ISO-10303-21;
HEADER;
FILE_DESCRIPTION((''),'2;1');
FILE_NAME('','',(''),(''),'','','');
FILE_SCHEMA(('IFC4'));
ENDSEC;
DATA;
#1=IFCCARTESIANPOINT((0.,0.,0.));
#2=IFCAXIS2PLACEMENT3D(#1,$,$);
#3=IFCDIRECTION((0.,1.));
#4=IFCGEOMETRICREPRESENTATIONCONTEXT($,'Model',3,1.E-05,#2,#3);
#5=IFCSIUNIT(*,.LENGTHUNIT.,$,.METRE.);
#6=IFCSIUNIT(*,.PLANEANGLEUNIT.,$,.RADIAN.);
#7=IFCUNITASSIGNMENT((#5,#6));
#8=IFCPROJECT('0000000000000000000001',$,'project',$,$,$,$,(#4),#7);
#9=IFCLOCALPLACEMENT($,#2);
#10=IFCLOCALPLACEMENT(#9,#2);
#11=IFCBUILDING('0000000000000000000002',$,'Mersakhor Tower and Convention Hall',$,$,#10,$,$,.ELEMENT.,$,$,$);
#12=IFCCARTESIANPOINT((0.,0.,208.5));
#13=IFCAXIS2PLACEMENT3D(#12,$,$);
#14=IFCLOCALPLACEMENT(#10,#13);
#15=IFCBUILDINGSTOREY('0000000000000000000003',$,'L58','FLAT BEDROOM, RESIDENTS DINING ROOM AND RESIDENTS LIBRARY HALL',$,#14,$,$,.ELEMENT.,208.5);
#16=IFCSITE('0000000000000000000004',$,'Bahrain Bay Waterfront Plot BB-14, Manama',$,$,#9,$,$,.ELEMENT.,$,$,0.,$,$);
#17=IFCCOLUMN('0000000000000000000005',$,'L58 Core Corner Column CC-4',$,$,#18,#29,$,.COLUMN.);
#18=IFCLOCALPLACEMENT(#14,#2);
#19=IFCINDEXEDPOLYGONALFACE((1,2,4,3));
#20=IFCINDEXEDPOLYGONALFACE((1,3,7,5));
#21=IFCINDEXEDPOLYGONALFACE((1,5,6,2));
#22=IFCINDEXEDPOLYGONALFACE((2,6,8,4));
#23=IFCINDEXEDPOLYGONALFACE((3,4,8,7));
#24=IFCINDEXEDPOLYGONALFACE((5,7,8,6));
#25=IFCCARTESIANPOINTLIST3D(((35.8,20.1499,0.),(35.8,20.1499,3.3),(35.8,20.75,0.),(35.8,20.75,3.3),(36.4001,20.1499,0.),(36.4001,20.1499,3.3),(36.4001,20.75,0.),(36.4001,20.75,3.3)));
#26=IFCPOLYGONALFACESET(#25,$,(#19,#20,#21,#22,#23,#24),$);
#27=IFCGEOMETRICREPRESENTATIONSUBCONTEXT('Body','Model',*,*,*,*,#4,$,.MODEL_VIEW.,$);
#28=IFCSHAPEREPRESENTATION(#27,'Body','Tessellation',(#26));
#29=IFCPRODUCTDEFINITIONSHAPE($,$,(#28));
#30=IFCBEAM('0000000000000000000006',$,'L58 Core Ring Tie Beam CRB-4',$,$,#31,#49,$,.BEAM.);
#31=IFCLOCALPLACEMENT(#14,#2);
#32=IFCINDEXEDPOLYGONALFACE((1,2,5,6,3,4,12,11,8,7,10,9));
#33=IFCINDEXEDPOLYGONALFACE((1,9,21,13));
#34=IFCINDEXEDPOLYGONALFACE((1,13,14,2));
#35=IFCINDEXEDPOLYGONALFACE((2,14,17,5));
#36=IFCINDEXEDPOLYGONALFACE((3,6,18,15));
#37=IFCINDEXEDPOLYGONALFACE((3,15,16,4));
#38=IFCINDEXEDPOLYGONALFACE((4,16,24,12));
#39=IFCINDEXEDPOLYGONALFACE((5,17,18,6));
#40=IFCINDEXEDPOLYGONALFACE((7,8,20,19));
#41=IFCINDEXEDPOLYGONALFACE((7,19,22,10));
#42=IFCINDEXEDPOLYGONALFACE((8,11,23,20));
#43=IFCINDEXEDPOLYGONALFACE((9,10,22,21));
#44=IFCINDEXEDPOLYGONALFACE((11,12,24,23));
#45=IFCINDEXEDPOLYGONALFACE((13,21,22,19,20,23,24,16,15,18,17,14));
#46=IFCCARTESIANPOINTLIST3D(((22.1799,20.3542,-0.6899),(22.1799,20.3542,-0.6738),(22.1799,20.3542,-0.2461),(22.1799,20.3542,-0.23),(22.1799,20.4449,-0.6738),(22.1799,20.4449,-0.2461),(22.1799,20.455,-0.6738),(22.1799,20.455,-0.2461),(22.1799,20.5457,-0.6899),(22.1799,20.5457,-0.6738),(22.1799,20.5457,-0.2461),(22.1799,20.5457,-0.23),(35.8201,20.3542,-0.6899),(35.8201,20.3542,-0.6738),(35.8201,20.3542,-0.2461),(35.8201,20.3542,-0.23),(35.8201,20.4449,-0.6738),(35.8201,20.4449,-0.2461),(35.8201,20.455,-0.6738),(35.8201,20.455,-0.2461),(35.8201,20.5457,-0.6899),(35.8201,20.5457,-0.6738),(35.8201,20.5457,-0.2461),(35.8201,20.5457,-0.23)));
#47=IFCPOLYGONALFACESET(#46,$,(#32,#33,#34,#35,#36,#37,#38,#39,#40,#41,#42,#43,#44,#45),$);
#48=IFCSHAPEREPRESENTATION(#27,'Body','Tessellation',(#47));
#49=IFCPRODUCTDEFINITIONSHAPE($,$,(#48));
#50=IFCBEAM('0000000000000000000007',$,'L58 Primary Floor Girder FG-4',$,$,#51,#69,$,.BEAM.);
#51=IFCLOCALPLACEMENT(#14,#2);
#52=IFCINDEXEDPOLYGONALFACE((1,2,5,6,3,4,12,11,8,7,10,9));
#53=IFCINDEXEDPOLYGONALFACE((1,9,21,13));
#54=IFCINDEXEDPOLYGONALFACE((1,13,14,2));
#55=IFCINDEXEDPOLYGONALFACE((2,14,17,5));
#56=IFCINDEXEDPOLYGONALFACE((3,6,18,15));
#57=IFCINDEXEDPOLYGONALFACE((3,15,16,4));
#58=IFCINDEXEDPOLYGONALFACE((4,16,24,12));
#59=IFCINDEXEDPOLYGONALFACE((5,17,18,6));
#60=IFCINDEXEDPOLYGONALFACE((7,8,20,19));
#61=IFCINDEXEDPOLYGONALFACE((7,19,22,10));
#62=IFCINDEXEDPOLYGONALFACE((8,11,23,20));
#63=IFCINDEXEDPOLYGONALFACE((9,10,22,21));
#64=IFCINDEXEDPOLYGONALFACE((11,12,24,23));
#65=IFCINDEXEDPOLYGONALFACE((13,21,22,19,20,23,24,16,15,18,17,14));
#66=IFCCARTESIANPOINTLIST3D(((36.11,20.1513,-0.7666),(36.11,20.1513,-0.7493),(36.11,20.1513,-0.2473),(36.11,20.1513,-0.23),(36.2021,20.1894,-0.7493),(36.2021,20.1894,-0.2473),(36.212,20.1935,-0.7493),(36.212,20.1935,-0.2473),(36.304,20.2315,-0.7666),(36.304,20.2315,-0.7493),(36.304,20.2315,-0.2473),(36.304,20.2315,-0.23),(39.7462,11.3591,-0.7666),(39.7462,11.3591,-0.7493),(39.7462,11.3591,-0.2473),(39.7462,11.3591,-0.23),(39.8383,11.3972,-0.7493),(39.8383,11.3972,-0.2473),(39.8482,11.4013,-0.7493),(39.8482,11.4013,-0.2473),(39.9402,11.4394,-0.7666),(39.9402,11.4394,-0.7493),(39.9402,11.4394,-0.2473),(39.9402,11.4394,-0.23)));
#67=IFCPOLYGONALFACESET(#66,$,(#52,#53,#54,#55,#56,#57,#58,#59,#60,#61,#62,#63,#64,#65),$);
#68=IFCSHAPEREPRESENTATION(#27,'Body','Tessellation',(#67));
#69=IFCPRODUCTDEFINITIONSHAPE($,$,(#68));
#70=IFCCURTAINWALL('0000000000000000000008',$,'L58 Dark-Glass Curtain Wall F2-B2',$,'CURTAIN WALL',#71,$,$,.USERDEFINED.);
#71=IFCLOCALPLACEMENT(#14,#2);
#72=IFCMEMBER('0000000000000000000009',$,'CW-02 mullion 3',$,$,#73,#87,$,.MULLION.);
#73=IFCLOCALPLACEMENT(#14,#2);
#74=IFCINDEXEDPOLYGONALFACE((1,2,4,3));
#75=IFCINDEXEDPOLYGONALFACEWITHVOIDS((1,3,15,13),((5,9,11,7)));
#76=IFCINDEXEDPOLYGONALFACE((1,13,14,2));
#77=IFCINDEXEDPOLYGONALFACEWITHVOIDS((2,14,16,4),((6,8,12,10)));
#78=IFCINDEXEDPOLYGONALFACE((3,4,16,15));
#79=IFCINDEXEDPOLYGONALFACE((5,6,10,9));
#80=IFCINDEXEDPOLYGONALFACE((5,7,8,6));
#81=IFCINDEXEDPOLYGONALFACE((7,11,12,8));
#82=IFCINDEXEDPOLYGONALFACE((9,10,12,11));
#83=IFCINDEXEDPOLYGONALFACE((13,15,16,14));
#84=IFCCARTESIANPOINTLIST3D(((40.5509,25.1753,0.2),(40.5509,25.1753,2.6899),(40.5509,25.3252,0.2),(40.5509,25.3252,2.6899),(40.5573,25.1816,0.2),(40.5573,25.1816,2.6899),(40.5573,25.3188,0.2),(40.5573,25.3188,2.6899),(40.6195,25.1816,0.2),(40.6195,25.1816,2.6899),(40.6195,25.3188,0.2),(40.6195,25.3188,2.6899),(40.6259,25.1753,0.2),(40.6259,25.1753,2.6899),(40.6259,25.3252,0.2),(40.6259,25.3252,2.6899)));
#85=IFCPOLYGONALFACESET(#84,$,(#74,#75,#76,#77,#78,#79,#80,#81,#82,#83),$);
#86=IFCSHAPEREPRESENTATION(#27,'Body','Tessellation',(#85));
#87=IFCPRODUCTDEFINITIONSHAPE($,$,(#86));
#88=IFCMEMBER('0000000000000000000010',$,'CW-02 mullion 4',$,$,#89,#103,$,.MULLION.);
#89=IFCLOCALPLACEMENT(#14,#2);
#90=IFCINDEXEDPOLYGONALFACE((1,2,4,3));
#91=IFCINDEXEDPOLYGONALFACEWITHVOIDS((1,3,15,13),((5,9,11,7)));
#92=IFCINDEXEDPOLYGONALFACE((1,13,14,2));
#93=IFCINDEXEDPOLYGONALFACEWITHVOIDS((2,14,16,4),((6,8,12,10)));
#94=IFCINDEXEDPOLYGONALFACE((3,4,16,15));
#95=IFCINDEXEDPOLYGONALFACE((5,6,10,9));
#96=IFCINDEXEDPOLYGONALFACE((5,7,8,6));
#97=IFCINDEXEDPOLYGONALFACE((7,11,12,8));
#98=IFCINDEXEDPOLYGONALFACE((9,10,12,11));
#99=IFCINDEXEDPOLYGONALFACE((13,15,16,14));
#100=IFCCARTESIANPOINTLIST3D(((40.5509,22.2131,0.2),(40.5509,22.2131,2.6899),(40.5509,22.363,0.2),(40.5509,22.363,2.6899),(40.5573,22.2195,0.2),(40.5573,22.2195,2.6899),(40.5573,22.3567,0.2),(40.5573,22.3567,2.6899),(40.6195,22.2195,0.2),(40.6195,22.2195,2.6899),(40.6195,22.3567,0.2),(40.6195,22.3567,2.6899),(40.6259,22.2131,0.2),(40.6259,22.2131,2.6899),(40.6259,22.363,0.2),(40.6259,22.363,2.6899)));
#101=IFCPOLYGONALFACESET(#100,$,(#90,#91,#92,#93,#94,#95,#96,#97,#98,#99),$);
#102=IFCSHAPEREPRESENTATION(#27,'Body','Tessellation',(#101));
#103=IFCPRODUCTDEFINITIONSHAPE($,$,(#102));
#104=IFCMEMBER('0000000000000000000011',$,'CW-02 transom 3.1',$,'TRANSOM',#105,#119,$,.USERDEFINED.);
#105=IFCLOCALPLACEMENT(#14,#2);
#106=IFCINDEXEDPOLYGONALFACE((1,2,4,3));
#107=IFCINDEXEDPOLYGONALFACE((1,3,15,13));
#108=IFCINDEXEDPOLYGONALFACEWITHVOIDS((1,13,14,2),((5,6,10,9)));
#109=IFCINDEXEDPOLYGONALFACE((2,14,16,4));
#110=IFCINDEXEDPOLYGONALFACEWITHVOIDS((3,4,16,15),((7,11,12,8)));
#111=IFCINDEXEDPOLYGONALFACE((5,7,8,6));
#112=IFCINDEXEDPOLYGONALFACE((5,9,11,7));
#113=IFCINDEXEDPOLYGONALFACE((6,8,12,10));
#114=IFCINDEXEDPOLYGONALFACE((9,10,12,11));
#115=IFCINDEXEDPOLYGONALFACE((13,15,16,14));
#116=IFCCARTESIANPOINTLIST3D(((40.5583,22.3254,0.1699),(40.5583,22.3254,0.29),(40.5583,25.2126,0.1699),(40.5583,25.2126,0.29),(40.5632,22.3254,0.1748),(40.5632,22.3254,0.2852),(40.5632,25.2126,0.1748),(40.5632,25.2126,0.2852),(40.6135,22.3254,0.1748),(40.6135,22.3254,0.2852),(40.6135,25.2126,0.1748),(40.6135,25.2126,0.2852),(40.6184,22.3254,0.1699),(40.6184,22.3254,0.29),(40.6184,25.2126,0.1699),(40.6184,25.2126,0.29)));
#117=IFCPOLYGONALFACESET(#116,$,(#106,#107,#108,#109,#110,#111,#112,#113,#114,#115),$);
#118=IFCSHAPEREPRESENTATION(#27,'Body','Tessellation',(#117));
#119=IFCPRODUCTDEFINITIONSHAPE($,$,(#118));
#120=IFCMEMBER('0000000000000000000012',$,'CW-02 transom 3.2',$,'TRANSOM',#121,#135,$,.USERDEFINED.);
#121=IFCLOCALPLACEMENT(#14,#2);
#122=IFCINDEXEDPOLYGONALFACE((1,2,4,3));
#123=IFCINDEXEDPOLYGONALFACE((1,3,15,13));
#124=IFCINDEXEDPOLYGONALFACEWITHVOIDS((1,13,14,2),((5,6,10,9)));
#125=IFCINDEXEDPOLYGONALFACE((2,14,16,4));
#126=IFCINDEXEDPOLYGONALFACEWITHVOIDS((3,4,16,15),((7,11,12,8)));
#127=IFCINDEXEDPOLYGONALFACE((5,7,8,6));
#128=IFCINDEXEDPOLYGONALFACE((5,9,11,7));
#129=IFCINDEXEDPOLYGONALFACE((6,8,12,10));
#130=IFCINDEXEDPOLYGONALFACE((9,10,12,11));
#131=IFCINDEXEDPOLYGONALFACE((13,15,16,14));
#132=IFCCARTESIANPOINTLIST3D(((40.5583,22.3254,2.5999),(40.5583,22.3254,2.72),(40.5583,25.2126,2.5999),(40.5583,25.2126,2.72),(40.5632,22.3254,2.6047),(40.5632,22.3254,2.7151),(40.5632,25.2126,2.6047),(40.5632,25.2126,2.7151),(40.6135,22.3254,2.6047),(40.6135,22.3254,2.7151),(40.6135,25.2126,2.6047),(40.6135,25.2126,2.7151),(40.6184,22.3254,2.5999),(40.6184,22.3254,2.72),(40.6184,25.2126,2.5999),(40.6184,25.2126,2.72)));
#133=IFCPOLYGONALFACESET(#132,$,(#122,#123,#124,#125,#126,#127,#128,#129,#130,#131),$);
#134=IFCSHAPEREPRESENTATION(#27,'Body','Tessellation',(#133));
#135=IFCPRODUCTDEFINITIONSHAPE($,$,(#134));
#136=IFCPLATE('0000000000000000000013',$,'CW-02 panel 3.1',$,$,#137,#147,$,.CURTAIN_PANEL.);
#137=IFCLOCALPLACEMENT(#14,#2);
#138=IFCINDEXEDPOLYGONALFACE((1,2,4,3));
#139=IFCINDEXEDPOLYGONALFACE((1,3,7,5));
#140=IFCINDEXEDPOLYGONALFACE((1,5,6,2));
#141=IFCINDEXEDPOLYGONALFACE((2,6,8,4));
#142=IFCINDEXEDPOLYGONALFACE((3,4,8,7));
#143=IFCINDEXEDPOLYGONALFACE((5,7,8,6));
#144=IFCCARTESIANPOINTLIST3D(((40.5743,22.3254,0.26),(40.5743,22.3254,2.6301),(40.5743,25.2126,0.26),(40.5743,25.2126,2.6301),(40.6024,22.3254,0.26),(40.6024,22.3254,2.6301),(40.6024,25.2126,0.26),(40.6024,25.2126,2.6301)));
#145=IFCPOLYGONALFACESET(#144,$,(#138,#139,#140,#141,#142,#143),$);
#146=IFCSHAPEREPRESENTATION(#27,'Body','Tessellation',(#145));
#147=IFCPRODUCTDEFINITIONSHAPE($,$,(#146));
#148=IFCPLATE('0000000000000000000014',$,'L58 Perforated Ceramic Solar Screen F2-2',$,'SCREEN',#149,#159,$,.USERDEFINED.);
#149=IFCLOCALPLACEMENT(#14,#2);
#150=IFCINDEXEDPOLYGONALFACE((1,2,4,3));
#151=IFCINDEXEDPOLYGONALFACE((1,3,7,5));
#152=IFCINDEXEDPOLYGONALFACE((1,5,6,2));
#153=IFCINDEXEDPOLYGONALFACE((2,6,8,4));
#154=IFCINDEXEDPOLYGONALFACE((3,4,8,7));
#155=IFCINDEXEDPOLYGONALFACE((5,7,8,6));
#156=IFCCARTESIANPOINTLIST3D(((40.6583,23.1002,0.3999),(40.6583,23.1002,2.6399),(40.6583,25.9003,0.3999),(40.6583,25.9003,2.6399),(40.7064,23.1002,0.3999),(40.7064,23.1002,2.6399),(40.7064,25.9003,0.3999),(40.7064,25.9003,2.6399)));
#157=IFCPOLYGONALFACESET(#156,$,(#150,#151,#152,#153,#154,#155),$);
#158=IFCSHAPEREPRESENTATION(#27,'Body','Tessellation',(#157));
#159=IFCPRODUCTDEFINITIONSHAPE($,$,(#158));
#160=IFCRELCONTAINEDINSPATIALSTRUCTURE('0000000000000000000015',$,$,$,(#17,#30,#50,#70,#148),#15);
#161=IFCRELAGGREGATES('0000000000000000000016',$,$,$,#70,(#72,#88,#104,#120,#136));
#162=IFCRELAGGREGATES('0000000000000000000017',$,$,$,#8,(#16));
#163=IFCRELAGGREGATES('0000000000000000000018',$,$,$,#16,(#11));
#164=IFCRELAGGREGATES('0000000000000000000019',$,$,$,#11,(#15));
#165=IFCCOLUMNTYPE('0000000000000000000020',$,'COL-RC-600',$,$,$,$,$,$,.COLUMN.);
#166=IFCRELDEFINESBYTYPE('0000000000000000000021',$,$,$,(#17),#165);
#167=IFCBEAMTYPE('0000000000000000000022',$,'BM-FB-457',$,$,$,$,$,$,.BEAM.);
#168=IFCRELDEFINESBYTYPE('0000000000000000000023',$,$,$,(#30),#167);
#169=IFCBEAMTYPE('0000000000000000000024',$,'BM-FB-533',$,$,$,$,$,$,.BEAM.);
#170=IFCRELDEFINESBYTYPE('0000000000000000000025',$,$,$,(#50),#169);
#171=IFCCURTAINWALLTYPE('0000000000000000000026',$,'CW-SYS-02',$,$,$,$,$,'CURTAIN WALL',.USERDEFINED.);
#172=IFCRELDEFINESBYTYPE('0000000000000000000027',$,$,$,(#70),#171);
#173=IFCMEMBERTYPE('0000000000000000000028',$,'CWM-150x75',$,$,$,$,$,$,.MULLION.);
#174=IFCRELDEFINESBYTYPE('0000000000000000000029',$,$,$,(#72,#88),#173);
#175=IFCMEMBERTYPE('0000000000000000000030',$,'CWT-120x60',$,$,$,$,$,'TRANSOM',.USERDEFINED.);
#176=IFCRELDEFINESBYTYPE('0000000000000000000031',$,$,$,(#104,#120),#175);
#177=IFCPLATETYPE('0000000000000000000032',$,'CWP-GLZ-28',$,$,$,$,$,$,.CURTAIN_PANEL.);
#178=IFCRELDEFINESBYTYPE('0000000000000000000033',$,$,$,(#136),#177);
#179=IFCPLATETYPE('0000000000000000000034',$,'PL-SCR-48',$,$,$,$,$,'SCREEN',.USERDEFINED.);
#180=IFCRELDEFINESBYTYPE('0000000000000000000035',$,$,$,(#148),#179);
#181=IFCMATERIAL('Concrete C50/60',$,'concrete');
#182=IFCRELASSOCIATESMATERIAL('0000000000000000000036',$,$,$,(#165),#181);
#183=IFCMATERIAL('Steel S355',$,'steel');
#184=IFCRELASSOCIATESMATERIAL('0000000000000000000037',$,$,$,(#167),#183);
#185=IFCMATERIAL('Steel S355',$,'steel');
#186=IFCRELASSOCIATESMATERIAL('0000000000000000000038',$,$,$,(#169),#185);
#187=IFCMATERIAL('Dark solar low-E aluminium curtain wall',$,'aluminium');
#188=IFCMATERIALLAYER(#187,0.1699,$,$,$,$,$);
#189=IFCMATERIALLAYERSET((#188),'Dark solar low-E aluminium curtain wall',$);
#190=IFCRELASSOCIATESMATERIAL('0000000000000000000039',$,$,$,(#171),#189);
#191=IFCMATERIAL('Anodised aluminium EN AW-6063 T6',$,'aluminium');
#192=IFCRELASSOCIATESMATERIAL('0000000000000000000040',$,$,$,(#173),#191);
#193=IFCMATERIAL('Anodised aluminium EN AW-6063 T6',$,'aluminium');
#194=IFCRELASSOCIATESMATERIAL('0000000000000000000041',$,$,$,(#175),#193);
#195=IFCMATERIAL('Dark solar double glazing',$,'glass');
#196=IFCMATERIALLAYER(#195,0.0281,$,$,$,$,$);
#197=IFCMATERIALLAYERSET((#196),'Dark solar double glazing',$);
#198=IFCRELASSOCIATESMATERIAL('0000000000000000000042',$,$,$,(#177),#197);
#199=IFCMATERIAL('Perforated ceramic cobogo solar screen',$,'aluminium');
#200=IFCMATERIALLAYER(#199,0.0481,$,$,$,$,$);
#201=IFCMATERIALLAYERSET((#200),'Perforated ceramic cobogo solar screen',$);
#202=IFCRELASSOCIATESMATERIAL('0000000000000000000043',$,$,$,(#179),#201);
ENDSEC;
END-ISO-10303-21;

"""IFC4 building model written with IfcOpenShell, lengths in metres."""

from ifc_helpers import new_model, si_unit, direction, frame, origin, origin_2d, place, context, subcontext, project, spatial, rectangle, hollow_rectangle, i_section, extrude, material, layer, layer_set, material_profile, profile_set, type_object, element, aggregate, save


model = new_model("IFC4")

# Units and contexts
model_context = context("Model", 3, precision=1e-05, world=origin(), true_north=direction((0.0, 1.0)))
body_context = subcontext(model_context, "Body", "Model", "MODEL_VIEW")
ifc_project = project(units=[si_unit("LENGTHUNIT", "METRE"), si_unit("PLANEANGLEUNIT", "RADIAN")], contexts=[model_context])

# Site, building, storey
site_placement = place(None, origin())
site = spatial("IfcSite", under=ifc_project, at=site_placement, Name="Bahrain Bay Waterfront Plot BB-14, Manama", CompositionType="ELEMENT", RefElevation=0.0)
building_placement = place(site_placement, origin())
building = spatial("IfcBuilding", under=site, at=building_placement, Name="Mersakhor Tower and Convention Hall", CompositionType="ELEMENT")
storey_placement = place(building_placement, frame((0.0, 0.0, 208.5)))
storey = spatial("IfcBuildingStorey", under=building, at=storey_placement, Name="L58", Description="FLAT BEDROOM, RESIDENTS DINING ROOM AND RESIDENTS LIBRARY HALL", CompositionType="ELEMENT", Elevation=208.5)

# Column
ifc_material_1 = material(Name="Concrete C50/60", Category="concrete")
ifc_material_profile_1 = material_profile(ifc_material_1, rectangle(XDim=0.6001, YDim=0.6001, at=origin_2d()), Name="RC 600x600")
ifc_profile_set_1 = profile_set([ifc_material_profile_1], Name="Concrete C50/60")
column_type = type_object("IfcColumnType", Name="COL-RC-600", PredefinedType="COLUMN", material=ifc_profile_set_1)
column_placement = place(storey_placement, frame((36.1001, 20.45, 0.0), z_axis=(0.0, 0.0, 1.0), x_axis=(1.0, 0.0, 0.0)))
element("IfcColumn", 1, at=column_placement, inside=storey, type_object=column_type, Name="L58 Core Corner Column CC-4", PredefinedType="COLUMN", context=body_context, shape_type="SweptSolid", body=[
    extrude(rectangle(XDim=0.6001, YDim=0.6001, at=origin_2d()), origin(), (0.0, 0.0, 1.0), 3.3),
])

# Beams
ifc_material_2 = material(Name="Steel S355", Category="steel")
ifc_material_profile_2 = material_profile(ifc_material_2, i_section(OverallWidth=0.1914, OverallDepth=0.46, WebThickness=0.01, FlangeThickness=0.0161, at=origin_2d()), Name="UB 457x191x82")
ifc_profile_set_2 = profile_set([ifc_material_profile_2], Name="Steel S355")
beam_type_1 = type_object("IfcBeamType", Name="BM-FB-457", PredefinedType="BEAM", material=ifc_profile_set_2)
beam_1_placement = place(storey_placement, frame((35.8201, 20.45, -0.46), z_axis=(-1.0, 0.0, 0.0), x_axis=(0.0, -1.0, 0.0)))
element("IfcBeam", 2, at=beam_1_placement, inside=storey, type_object=beam_type_1, Name="L58 Core Ring Tie Beam CRB-4", PredefinedType="BEAM", context=body_context, shape_type="SweptSolid", body=[
    extrude(i_section(OverallWidth=0.1914, OverallDepth=0.46, WebThickness=0.01, FlangeThickness=0.0161, at=origin_2d()), origin(), (0.0, 0.0, 1.0), 13.6401),
])
ifc_material_3 = material(Name="Steel S355", Category="steel")
ifc_material_profile_3 = material_profile(ifc_material_3, i_section(OverallWidth=0.21, OverallDepth=0.5366, WebThickness=0.0107, FlangeThickness=0.0173, at=origin_2d()), Name="UB 533x210x101")
ifc_profile_set_3 = profile_set([ifc_material_profile_3], Name="Steel S355")
beam_type_2 = type_object("IfcBeamType", Name="BM-FB-533", PredefinedType="BEAM", material=ifc_profile_set_3)
beam_2_placement = place(storey_placement, frame((36.207, 20.1914, -0.4983), z_axis=(0.382178, -0.924089, 0.0), x_axis=(0.924089, 0.382178, 0.0)))
element("IfcBeam", 3, at=beam_2_placement, inside=storey, type_object=beam_type_2, Name="L58 Primary Floor Girder FG-4", PredefinedType="BEAM", context=body_context, shape_type="SweptSolid", body=[
    extrude(i_section(OverallWidth=0.21, OverallDepth=0.5366, WebThickness=0.0107, FlangeThickness=0.0173, at=origin_2d()), origin(), (0.0, 0.0, 1.0), 9.5144),
])

# Curtain wall, members, plate
ifc_material_4 = material(Name="Dark solar low-E aluminium curtain wall", Category="aluminium")
ifc_layer_1 = layer(ifc_material_4, 0.1699)
ifc_layer_set_1 = layer_set([ifc_layer_1], Name="Dark solar low-E aluminium curtain wall")
curtain_wall_type = type_object("IfcCurtainWallType", Name="CW-SYS-02", ElementType="CURTAIN WALL", PredefinedType="USERDEFINED", material=ifc_layer_set_1)
curtain_wall_placement = place(storey_placement, origin())
curtain_wall = element("IfcCurtainWall", 4, at=curtain_wall_placement, inside=storey, type_object=curtain_wall_type, Name="L58 Dark-Glass Curtain Wall F2-B2", ObjectType="CURTAIN WALL", PredefinedType="USERDEFINED")
ifc_material_5 = material(Name="Anodised aluminium EN AW-6063 T6", Category="aluminium")
ifc_material_profile_4 = material_profile(ifc_material_5, hollow_rectangle(XDim=0.075, YDim=0.1499, WallThickness=0.0063, at=origin_2d()), Name="RHS 150x75x6.3")
ifc_profile_set_4 = profile_set([ifc_material_profile_4], Name="Anodised aluminium EN AW-6063 T6")
member_type_1 = type_object("IfcMemberType", Name="CWM-150x75", PredefinedType="MULLION", material=ifc_profile_set_4)
member_1_placement = place(storey_placement, frame((40.5884, 25.2502, 0.2), z_axis=(0.0, 0.0, 1.0), x_axis=(1.0, 0.0, 0.0)))
member_1 = element("IfcMember", 5, at=member_1_placement, type_object=member_type_1, Name="CW-02 mullion 3", PredefinedType="MULLION", context=body_context, shape_type="SweptSolid", body=[
    extrude(hollow_rectangle(XDim=0.075, YDim=0.1499, WallThickness=0.0063, at=origin_2d()), origin(), (0.0, 0.0, 1.0), 2.49),
])
member_2_placement = place(storey_placement, frame((40.5884, 22.2881, 0.2), z_axis=(0.0, 0.0, 1.0), x_axis=(1.0, 0.0, 0.0)))
member_2 = element("IfcMember", 6, at=member_2_placement, type_object=member_type_1, Name="CW-02 mullion 4", PredefinedType="MULLION", context=body_context, shape_type="SweptSolid", body=[
    extrude(hollow_rectangle(XDim=0.075, YDim=0.1499, WallThickness=0.0063, at=origin_2d()), origin(), (0.0, 0.0, 1.0), 2.49),
])
ifc_material_6 = material(Name="Anodised aluminium EN AW-6063 T6", Category="aluminium")
ifc_material_profile_5 = material_profile(ifc_material_6, hollow_rectangle(XDim=0.0601, YDim=0.1201, WallThickness=0.0049, at=origin_2d()), Name="RHS 120x60x5")
ifc_profile_set_5 = profile_set([ifc_material_profile_5], Name="Anodised aluminium EN AW-6063 T6")
member_type_2 = type_object("IfcMemberType", Name="CWT-120x60", ElementType="TRANSOM", PredefinedType="USERDEFINED", material=ifc_profile_set_5)
member_3_placement = place(storey_placement, frame((40.5884, 25.2126, 0.23), z_axis=(0.0, -1.0, 0.0), x_axis=(1.0, 0.0, 0.0)))
member_3 = element("IfcMember", 7, at=member_3_placement, type_object=member_type_2, Name="CW-02 transom 3.1", ObjectType="TRANSOM", PredefinedType="USERDEFINED", context=body_context, shape_type="SweptSolid", body=[
    extrude(hollow_rectangle(XDim=0.0601, YDim=0.1201, WallThickness=0.0049, at=origin_2d()), origin(), (0.0, 0.0, 1.0), 2.8872),
])
member_4_placement = place(storey_placement, frame((40.5884, 25.2126, 2.6599), z_axis=(0.0, -1.0, 0.0), x_axis=(1.0, 0.0, 0.0)))
member_4 = element("IfcMember", 8, at=member_4_placement, type_object=member_type_2, Name="CW-02 transom 3.2", ObjectType="TRANSOM", PredefinedType="USERDEFINED", context=body_context, shape_type="SweptSolid", body=[
    extrude(hollow_rectangle(XDim=0.0601, YDim=0.1201, WallThickness=0.0049, at=origin_2d()), origin(), (0.0, 0.0, 1.0), 2.8872),
])
ifc_material_7 = material(Name="Dark solar double glazing", Category="glass")
ifc_layer_2 = layer(ifc_material_7, 0.0281)
ifc_layer_set_2 = layer_set([ifc_layer_2], Name="Dark solar double glazing")
plate_type_1 = type_object("IfcPlateType", Name="CWP-GLZ-28", PredefinedType="CURTAIN_PANEL", material=ifc_layer_set_2)
plate_1_placement = place(storey_placement, frame((40.5884, 23.769, 0.26), z_axis=(0.0, 0.0, 1.0), x_axis=(0.0, -1.0, 0.0)))
plate_1 = element("IfcPlate", 9, at=plate_1_placement, type_object=plate_type_1, Name="CW-02 panel 3.1", PredefinedType="CURTAIN_PANEL", context=body_context, shape_type="SweptSolid", body=[
    extrude(rectangle(XDim=2.8872, YDim=0.0281, at=origin_2d()), origin(), (0.0, 0.0, 1.0), 2.3701),
])
aggregate(curtain_wall, [member_1, member_2, member_3, member_4, plate_1])

# Plate
ifc_material_8 = material(Name="Perforated ceramic cobogo solar screen", Category="aluminium")
ifc_layer_3 = layer(ifc_material_8, 0.0481)
ifc_layer_set_3 = layer_set([ifc_layer_3], Name="Perforated ceramic cobogo solar screen")
plate_type_2 = type_object("IfcPlateType", Name="PL-SCR-48", ElementType="SCREEN", PredefinedType="USERDEFINED", material=ifc_layer_set_3)
plate_2_placement = place(storey_placement, frame((40.6824, 24.5002, 0.3999), z_axis=(0.0, 0.0, 1.0), x_axis=(0.0, -1.0, 0.0)))
element("IfcPlate", 10, at=plate_2_placement, inside=storey, type_object=plate_type_2, Name="L58 Perforated Ceramic Solar Screen F2-2", ObjectType="SCREEN", PredefinedType="USERDEFINED", context=body_context, shape_type="SweptSolid", body=[
    extrude(rectangle(XDim=2.8, YDim=0.0481, at=origin_2d()), origin(), (0.0, 0.0, 1.0), 2.24),
])

save(model, "model.ifc")
